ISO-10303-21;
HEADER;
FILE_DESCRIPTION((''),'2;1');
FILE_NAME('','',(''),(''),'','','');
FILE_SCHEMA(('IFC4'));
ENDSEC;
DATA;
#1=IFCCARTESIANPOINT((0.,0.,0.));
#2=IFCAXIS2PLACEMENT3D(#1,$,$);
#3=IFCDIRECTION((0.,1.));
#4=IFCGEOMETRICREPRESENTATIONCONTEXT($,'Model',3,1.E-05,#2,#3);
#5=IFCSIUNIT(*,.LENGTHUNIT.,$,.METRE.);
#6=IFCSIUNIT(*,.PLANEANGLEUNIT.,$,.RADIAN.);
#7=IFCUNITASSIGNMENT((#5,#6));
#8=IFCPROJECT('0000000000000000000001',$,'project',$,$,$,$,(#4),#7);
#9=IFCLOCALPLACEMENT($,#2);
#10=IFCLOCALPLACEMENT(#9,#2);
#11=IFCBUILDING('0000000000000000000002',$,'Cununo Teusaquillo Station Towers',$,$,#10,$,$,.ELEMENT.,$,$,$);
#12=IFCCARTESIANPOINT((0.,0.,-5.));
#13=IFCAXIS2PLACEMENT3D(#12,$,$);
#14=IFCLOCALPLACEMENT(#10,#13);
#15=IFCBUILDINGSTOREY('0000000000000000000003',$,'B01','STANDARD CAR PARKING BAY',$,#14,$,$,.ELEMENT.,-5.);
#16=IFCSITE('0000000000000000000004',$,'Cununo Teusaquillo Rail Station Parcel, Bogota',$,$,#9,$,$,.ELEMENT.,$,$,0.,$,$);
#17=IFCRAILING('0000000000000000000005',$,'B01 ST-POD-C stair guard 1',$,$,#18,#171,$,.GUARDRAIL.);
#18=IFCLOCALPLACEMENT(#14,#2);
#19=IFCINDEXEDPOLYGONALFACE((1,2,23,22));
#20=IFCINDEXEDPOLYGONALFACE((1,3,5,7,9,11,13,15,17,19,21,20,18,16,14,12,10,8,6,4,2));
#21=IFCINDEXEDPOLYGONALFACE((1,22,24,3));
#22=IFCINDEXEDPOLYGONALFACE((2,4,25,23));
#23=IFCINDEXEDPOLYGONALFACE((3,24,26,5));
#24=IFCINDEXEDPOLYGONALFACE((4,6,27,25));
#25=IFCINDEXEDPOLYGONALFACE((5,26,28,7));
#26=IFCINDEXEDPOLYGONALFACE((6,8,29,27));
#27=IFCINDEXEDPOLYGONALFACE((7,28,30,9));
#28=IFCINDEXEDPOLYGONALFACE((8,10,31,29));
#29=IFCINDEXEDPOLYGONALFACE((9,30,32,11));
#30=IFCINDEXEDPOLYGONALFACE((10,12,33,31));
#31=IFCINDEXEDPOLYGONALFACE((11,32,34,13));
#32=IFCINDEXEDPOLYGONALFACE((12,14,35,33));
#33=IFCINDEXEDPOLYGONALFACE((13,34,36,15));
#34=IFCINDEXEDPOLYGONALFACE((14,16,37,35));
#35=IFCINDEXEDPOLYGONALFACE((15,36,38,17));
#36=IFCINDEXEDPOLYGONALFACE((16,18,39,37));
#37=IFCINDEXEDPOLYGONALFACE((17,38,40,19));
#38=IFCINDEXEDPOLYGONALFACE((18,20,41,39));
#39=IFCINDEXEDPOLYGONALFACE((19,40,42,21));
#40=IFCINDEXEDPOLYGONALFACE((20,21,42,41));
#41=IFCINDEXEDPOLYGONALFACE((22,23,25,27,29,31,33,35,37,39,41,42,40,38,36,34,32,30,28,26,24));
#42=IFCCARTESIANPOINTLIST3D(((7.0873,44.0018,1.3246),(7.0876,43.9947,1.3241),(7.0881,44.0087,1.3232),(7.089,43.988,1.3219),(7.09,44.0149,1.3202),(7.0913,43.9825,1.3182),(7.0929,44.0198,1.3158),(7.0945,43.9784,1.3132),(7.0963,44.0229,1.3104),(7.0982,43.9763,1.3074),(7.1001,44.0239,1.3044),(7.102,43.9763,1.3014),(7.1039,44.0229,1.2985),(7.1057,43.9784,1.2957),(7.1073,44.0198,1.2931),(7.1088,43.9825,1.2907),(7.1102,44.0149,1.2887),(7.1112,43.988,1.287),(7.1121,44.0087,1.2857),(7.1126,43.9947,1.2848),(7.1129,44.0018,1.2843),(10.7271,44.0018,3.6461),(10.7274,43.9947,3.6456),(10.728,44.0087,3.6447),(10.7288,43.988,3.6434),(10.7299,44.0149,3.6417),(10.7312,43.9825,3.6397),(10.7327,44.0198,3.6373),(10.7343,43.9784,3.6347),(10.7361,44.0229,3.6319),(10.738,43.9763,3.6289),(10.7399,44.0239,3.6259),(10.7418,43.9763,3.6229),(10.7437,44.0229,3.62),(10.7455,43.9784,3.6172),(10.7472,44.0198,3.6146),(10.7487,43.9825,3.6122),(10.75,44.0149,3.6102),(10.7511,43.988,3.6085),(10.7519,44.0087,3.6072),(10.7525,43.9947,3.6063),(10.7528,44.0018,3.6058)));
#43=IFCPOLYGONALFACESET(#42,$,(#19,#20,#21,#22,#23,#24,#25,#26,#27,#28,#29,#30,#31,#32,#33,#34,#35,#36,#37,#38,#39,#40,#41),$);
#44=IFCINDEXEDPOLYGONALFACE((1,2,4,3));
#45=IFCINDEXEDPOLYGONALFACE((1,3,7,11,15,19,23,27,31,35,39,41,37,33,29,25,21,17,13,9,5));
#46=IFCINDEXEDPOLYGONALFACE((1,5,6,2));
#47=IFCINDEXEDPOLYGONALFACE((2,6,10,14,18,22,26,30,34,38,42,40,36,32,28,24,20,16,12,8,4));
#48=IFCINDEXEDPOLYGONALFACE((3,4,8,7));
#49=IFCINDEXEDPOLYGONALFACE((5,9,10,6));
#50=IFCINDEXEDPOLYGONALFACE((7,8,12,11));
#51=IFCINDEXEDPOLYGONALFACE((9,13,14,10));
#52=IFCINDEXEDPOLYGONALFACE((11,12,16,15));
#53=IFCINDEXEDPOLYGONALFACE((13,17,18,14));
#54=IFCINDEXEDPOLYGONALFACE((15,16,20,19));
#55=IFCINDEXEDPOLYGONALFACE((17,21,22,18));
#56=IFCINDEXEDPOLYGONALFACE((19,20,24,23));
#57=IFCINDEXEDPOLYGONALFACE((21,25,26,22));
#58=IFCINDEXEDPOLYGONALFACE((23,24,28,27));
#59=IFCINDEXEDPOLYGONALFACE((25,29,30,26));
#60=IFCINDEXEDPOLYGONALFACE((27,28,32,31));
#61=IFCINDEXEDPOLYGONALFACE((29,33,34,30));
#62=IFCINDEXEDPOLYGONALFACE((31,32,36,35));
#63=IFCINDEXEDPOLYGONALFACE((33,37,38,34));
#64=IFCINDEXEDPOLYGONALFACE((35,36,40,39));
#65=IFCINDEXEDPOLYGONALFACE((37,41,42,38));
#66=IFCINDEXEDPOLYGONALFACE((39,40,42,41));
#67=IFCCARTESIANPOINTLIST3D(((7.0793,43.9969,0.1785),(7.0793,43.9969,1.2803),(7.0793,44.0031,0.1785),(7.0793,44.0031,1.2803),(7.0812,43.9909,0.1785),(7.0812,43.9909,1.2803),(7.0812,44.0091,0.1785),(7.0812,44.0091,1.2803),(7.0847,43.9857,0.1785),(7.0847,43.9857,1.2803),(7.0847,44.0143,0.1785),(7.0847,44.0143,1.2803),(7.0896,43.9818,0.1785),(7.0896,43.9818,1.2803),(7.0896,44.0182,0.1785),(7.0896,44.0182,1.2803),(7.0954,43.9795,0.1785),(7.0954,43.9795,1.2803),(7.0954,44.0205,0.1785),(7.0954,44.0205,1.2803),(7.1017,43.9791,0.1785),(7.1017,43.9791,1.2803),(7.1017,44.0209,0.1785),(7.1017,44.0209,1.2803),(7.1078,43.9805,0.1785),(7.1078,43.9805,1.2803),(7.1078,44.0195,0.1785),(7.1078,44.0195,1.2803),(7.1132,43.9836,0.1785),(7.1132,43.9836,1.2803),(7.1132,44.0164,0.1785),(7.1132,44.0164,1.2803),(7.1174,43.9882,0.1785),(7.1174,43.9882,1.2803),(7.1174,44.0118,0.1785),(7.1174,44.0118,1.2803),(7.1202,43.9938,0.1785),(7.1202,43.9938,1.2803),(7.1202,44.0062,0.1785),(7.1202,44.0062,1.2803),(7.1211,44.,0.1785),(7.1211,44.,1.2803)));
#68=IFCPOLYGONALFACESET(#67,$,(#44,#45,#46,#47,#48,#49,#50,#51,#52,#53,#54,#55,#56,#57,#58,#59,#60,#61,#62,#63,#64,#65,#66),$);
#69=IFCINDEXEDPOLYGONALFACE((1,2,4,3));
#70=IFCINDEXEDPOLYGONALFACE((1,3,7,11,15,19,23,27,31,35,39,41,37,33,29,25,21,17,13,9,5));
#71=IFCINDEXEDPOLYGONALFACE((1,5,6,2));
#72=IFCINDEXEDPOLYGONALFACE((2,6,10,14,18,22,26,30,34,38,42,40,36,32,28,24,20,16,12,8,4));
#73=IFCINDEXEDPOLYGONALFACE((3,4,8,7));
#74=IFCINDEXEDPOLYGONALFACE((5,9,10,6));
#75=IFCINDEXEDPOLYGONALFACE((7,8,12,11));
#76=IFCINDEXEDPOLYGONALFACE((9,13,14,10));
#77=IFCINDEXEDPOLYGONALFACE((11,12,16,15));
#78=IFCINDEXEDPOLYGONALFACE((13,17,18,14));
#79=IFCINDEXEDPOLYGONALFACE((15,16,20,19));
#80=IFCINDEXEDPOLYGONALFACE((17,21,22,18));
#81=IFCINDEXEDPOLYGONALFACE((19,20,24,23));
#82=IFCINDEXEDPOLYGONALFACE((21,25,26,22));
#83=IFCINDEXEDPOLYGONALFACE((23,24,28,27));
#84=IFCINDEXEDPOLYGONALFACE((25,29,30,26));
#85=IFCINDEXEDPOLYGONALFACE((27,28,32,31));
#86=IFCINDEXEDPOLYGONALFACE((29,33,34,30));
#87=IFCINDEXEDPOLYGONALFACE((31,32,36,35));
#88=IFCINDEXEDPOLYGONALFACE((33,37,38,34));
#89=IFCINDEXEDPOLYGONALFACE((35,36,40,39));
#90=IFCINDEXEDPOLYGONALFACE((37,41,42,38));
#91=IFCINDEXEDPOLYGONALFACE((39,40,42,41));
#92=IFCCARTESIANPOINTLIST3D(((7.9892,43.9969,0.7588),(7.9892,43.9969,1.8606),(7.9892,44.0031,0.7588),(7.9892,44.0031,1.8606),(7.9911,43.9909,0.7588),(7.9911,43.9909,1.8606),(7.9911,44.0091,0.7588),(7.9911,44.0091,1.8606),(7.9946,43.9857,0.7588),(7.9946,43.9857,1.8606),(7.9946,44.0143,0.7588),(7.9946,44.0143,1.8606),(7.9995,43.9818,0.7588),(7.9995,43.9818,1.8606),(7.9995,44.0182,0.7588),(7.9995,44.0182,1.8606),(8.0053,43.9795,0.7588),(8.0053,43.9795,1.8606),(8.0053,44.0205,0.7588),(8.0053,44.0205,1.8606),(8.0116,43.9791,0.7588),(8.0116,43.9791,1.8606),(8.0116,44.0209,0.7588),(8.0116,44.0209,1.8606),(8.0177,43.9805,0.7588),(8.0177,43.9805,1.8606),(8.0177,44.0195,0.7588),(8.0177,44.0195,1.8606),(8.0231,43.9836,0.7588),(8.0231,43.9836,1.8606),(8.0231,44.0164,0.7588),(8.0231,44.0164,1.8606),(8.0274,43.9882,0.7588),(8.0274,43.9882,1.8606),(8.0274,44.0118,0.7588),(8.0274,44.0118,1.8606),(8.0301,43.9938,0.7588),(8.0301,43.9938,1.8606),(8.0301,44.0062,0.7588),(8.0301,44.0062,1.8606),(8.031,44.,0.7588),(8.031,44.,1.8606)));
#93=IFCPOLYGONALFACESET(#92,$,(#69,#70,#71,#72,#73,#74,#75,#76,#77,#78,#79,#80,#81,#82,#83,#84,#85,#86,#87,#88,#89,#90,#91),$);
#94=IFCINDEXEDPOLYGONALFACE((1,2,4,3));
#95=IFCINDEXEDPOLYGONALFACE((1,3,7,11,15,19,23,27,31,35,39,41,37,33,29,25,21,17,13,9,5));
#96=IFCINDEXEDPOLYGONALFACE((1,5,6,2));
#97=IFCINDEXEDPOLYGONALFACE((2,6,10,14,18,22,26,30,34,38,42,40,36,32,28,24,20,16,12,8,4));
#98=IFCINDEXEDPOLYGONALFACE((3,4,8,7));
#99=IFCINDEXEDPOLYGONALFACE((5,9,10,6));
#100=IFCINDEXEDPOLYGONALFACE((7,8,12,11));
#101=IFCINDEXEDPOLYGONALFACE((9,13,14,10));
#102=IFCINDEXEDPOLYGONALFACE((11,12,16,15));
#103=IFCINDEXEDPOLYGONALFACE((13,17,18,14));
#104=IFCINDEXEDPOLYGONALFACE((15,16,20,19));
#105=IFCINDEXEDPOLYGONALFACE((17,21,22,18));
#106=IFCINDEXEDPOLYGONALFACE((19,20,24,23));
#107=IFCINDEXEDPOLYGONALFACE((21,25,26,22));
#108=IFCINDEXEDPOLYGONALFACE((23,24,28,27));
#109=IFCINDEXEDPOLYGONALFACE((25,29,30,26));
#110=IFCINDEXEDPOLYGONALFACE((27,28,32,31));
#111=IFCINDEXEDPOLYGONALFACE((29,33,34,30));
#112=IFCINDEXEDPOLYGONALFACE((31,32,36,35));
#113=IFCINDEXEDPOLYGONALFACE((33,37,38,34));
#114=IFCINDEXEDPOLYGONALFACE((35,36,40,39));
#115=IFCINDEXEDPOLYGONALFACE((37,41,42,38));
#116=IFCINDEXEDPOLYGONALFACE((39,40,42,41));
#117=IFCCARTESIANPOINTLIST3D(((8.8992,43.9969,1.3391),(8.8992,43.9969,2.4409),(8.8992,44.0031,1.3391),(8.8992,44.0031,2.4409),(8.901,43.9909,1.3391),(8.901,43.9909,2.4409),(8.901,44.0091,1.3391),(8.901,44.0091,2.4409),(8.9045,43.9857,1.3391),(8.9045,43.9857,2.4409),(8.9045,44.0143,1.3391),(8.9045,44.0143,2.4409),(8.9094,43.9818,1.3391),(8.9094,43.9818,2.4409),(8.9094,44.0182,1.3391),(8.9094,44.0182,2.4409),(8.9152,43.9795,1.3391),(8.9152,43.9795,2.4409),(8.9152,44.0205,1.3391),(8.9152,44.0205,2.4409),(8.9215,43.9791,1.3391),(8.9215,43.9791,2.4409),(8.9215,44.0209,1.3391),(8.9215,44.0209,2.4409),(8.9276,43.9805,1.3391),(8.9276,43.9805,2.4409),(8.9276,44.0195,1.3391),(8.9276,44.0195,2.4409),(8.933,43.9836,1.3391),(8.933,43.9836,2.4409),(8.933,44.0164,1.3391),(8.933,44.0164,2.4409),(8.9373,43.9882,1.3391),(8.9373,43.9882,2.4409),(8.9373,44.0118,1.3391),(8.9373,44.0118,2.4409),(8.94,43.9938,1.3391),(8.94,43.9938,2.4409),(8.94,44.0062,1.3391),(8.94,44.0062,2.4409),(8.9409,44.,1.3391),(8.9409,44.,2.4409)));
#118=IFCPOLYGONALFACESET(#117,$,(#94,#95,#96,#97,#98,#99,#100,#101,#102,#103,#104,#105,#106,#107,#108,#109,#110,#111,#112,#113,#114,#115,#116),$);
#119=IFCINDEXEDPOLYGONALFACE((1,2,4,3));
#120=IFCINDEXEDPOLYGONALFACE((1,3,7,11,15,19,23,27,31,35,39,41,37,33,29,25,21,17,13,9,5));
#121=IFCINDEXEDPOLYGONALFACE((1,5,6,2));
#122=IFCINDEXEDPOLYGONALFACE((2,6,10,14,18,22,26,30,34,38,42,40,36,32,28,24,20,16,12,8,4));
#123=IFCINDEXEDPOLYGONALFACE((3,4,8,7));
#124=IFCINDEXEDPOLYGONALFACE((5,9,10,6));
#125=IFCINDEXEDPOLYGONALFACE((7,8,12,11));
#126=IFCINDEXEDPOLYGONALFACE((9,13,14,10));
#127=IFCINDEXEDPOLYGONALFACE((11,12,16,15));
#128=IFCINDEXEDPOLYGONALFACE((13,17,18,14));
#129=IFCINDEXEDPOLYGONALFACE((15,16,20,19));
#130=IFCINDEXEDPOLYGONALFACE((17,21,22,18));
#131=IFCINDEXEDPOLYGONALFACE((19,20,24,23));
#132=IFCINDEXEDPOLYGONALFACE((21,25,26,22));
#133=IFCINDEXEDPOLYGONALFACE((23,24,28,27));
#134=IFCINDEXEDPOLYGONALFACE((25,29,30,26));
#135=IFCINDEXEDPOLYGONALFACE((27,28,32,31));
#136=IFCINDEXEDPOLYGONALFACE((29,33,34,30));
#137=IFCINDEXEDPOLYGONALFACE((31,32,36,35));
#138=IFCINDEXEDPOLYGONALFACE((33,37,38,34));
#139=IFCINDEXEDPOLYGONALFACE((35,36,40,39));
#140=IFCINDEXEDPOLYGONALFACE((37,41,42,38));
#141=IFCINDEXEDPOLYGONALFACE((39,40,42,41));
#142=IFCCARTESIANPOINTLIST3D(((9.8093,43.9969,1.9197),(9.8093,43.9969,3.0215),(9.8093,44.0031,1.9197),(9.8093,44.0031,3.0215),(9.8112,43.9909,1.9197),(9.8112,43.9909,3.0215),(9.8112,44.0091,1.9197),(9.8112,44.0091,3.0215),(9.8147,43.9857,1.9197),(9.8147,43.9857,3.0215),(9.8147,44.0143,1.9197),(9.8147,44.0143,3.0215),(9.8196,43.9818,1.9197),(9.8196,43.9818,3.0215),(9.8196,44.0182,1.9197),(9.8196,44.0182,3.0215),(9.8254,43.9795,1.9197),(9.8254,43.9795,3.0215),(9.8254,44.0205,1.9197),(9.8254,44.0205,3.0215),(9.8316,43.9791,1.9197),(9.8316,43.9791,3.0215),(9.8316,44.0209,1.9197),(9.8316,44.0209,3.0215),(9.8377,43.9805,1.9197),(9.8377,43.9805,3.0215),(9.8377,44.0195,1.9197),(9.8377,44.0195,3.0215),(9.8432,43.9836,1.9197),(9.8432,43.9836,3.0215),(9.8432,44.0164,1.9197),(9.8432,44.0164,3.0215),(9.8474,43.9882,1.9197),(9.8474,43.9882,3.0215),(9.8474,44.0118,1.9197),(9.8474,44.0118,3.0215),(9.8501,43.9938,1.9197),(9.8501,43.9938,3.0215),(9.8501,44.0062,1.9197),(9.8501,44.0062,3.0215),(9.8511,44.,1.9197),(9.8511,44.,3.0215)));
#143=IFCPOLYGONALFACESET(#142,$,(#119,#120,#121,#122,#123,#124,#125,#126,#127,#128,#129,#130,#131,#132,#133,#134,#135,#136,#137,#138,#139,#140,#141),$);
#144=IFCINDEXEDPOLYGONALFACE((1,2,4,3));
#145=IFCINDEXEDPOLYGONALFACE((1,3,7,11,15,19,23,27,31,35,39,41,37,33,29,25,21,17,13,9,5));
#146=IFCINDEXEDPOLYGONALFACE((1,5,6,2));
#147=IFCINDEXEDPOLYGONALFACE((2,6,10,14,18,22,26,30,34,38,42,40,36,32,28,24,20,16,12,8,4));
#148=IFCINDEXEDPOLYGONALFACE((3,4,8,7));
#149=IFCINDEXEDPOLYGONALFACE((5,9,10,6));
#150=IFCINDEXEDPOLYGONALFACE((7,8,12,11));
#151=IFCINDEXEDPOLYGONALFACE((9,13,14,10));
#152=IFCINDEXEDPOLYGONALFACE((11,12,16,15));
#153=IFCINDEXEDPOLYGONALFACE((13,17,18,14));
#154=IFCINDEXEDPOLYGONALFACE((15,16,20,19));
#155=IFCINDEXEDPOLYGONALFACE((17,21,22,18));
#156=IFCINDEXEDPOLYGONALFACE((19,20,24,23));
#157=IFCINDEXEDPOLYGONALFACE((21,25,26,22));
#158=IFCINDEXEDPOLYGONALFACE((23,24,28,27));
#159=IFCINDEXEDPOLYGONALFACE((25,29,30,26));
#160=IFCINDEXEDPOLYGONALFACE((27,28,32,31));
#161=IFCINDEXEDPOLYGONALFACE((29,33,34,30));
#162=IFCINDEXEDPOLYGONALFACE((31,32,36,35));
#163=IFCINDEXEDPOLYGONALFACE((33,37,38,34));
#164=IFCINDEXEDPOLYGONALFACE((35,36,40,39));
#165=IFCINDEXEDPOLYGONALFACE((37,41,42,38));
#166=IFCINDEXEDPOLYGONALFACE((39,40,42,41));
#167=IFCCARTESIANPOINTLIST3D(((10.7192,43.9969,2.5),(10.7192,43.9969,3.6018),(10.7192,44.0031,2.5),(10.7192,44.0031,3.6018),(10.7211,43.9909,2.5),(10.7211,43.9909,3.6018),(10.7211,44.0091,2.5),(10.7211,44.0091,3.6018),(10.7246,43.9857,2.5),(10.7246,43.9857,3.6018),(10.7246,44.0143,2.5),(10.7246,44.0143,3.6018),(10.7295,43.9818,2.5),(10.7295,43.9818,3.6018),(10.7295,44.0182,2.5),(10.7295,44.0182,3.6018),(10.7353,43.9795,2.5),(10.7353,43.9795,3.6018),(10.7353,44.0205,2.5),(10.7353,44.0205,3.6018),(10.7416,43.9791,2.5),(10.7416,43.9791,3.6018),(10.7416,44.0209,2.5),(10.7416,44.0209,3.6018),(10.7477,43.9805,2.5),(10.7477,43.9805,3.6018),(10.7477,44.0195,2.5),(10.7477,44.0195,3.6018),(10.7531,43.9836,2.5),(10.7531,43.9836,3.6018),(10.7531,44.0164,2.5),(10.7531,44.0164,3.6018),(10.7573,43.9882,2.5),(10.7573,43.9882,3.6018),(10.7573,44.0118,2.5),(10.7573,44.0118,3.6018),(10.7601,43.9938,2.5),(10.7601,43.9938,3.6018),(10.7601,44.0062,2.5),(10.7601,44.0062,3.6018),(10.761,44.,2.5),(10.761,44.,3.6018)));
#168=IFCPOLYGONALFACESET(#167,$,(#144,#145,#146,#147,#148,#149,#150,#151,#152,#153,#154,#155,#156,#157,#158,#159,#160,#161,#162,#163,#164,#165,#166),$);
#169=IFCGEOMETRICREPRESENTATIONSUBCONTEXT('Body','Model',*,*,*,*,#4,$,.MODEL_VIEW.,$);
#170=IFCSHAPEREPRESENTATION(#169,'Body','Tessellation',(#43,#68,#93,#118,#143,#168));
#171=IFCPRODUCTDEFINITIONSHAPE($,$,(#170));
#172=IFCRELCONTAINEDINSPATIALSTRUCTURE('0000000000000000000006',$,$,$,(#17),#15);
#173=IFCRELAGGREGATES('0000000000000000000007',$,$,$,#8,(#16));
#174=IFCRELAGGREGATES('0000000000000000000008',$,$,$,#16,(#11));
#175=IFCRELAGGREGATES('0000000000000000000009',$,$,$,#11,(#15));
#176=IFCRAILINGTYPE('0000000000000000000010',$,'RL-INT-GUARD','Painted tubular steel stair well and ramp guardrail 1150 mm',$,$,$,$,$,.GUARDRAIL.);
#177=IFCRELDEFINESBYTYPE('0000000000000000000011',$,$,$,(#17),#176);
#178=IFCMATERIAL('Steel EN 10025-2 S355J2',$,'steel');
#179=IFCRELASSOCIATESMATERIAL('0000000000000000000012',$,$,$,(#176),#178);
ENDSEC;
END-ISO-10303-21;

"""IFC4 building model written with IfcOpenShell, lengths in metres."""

from ifc_helpers import new_model, si_unit, direction, frame, origin, origin_2d, place, context, subcontext, project, spatial, circle, extrude, material, type_object, element, save


model = new_model("IFC4")

# Units and contexts
model_context = context("Model", 3, precision=1e-05, world=origin(), true_north=direction((0.0, 1.0)))
body_context = subcontext(model_context, "Body", "Model", "MODEL_VIEW")
ifc_project = project(units=[si_unit("LENGTHUNIT", "METRE"), si_unit("PLANEANGLEUNIT", "RADIAN")], contexts=[model_context])

# Site, building, storey
site_placement = place(None, origin())
site = spatial("IfcSite", under=ifc_project, at=site_placement, Name="Cununo Teusaquillo Rail Station Parcel, Bogota", CompositionType="ELEMENT", RefElevation=0.0)
building_placement = place(site_placement, origin())
building = spatial("IfcBuilding", under=site, at=building_placement, Name="Cununo Teusaquillo Station Towers", CompositionType="ELEMENT")
storey_placement = place(building_placement, frame((0.0, 0.0, -5.0)))
storey = spatial("IfcBuildingStorey", under=building, at=storey_placement, Name="B01", Description="STANDARD CAR PARKING BAY", CompositionType="ELEMENT", Elevation=-5.0)

# Railing
ifc_material_1 = material(Name="Steel EN 10025-2 S355J2", Category="steel")
railing_type_1 = type_object("IfcRailingType", Name="RL-INT-GUARD", Description="Painted tubular steel stair well and ramp guardrail 1150 mm", PredefinedType="GUARDRAIL", material=ifc_material_1)
railing_1_placement = place(storey_placement, frame((7.1001, 44.0, 0.1785)))
element("IfcRailing", 1, at=railing_1_placement, inside=storey, type_object=railing_type_1, Name="B01 ST-POD-C stair guard 1", PredefinedType="GUARDRAIL", context=body_context, shape_type="SweptSolid", body=[
    extrude(circle(Radius=0.0239, at=origin_2d()), frame((0.0, 0.0, 1.126), z_axis=(0.843112, 0.0, 0.537739), x_axis=(0.0, 1.0, 0.0)), (0.0, 0.0, 1.0), 4.3171),
    extrude(circle(Radius=0.021, at=origin_2d()), origin(), (0.0, 0.0, 1.0), 1.1018),
    extrude(circle(Radius=0.021, at=origin_2d()), frame((0.9099, 0.0, 0.5803)), (0.0, 0.0, 1.0), 1.1018),
    extrude(circle(Radius=0.021, at=origin_2d()), frame((1.8198, 0.0, 1.1606)), (0.0, 0.0, 1.0), 1.1018),
    extrude(circle(Radius=0.021, at=origin_2d()), frame((2.73, 0.0, 1.7412)), (0.0, 0.0, 1.0), 1.1018),
    extrude(circle(Radius=0.021, at=origin_2d()), frame((3.6399, 0.0, 2.3215)), (0.0, 0.0, 1.0), 1.1018),
])

save(model, "model.ifc")
